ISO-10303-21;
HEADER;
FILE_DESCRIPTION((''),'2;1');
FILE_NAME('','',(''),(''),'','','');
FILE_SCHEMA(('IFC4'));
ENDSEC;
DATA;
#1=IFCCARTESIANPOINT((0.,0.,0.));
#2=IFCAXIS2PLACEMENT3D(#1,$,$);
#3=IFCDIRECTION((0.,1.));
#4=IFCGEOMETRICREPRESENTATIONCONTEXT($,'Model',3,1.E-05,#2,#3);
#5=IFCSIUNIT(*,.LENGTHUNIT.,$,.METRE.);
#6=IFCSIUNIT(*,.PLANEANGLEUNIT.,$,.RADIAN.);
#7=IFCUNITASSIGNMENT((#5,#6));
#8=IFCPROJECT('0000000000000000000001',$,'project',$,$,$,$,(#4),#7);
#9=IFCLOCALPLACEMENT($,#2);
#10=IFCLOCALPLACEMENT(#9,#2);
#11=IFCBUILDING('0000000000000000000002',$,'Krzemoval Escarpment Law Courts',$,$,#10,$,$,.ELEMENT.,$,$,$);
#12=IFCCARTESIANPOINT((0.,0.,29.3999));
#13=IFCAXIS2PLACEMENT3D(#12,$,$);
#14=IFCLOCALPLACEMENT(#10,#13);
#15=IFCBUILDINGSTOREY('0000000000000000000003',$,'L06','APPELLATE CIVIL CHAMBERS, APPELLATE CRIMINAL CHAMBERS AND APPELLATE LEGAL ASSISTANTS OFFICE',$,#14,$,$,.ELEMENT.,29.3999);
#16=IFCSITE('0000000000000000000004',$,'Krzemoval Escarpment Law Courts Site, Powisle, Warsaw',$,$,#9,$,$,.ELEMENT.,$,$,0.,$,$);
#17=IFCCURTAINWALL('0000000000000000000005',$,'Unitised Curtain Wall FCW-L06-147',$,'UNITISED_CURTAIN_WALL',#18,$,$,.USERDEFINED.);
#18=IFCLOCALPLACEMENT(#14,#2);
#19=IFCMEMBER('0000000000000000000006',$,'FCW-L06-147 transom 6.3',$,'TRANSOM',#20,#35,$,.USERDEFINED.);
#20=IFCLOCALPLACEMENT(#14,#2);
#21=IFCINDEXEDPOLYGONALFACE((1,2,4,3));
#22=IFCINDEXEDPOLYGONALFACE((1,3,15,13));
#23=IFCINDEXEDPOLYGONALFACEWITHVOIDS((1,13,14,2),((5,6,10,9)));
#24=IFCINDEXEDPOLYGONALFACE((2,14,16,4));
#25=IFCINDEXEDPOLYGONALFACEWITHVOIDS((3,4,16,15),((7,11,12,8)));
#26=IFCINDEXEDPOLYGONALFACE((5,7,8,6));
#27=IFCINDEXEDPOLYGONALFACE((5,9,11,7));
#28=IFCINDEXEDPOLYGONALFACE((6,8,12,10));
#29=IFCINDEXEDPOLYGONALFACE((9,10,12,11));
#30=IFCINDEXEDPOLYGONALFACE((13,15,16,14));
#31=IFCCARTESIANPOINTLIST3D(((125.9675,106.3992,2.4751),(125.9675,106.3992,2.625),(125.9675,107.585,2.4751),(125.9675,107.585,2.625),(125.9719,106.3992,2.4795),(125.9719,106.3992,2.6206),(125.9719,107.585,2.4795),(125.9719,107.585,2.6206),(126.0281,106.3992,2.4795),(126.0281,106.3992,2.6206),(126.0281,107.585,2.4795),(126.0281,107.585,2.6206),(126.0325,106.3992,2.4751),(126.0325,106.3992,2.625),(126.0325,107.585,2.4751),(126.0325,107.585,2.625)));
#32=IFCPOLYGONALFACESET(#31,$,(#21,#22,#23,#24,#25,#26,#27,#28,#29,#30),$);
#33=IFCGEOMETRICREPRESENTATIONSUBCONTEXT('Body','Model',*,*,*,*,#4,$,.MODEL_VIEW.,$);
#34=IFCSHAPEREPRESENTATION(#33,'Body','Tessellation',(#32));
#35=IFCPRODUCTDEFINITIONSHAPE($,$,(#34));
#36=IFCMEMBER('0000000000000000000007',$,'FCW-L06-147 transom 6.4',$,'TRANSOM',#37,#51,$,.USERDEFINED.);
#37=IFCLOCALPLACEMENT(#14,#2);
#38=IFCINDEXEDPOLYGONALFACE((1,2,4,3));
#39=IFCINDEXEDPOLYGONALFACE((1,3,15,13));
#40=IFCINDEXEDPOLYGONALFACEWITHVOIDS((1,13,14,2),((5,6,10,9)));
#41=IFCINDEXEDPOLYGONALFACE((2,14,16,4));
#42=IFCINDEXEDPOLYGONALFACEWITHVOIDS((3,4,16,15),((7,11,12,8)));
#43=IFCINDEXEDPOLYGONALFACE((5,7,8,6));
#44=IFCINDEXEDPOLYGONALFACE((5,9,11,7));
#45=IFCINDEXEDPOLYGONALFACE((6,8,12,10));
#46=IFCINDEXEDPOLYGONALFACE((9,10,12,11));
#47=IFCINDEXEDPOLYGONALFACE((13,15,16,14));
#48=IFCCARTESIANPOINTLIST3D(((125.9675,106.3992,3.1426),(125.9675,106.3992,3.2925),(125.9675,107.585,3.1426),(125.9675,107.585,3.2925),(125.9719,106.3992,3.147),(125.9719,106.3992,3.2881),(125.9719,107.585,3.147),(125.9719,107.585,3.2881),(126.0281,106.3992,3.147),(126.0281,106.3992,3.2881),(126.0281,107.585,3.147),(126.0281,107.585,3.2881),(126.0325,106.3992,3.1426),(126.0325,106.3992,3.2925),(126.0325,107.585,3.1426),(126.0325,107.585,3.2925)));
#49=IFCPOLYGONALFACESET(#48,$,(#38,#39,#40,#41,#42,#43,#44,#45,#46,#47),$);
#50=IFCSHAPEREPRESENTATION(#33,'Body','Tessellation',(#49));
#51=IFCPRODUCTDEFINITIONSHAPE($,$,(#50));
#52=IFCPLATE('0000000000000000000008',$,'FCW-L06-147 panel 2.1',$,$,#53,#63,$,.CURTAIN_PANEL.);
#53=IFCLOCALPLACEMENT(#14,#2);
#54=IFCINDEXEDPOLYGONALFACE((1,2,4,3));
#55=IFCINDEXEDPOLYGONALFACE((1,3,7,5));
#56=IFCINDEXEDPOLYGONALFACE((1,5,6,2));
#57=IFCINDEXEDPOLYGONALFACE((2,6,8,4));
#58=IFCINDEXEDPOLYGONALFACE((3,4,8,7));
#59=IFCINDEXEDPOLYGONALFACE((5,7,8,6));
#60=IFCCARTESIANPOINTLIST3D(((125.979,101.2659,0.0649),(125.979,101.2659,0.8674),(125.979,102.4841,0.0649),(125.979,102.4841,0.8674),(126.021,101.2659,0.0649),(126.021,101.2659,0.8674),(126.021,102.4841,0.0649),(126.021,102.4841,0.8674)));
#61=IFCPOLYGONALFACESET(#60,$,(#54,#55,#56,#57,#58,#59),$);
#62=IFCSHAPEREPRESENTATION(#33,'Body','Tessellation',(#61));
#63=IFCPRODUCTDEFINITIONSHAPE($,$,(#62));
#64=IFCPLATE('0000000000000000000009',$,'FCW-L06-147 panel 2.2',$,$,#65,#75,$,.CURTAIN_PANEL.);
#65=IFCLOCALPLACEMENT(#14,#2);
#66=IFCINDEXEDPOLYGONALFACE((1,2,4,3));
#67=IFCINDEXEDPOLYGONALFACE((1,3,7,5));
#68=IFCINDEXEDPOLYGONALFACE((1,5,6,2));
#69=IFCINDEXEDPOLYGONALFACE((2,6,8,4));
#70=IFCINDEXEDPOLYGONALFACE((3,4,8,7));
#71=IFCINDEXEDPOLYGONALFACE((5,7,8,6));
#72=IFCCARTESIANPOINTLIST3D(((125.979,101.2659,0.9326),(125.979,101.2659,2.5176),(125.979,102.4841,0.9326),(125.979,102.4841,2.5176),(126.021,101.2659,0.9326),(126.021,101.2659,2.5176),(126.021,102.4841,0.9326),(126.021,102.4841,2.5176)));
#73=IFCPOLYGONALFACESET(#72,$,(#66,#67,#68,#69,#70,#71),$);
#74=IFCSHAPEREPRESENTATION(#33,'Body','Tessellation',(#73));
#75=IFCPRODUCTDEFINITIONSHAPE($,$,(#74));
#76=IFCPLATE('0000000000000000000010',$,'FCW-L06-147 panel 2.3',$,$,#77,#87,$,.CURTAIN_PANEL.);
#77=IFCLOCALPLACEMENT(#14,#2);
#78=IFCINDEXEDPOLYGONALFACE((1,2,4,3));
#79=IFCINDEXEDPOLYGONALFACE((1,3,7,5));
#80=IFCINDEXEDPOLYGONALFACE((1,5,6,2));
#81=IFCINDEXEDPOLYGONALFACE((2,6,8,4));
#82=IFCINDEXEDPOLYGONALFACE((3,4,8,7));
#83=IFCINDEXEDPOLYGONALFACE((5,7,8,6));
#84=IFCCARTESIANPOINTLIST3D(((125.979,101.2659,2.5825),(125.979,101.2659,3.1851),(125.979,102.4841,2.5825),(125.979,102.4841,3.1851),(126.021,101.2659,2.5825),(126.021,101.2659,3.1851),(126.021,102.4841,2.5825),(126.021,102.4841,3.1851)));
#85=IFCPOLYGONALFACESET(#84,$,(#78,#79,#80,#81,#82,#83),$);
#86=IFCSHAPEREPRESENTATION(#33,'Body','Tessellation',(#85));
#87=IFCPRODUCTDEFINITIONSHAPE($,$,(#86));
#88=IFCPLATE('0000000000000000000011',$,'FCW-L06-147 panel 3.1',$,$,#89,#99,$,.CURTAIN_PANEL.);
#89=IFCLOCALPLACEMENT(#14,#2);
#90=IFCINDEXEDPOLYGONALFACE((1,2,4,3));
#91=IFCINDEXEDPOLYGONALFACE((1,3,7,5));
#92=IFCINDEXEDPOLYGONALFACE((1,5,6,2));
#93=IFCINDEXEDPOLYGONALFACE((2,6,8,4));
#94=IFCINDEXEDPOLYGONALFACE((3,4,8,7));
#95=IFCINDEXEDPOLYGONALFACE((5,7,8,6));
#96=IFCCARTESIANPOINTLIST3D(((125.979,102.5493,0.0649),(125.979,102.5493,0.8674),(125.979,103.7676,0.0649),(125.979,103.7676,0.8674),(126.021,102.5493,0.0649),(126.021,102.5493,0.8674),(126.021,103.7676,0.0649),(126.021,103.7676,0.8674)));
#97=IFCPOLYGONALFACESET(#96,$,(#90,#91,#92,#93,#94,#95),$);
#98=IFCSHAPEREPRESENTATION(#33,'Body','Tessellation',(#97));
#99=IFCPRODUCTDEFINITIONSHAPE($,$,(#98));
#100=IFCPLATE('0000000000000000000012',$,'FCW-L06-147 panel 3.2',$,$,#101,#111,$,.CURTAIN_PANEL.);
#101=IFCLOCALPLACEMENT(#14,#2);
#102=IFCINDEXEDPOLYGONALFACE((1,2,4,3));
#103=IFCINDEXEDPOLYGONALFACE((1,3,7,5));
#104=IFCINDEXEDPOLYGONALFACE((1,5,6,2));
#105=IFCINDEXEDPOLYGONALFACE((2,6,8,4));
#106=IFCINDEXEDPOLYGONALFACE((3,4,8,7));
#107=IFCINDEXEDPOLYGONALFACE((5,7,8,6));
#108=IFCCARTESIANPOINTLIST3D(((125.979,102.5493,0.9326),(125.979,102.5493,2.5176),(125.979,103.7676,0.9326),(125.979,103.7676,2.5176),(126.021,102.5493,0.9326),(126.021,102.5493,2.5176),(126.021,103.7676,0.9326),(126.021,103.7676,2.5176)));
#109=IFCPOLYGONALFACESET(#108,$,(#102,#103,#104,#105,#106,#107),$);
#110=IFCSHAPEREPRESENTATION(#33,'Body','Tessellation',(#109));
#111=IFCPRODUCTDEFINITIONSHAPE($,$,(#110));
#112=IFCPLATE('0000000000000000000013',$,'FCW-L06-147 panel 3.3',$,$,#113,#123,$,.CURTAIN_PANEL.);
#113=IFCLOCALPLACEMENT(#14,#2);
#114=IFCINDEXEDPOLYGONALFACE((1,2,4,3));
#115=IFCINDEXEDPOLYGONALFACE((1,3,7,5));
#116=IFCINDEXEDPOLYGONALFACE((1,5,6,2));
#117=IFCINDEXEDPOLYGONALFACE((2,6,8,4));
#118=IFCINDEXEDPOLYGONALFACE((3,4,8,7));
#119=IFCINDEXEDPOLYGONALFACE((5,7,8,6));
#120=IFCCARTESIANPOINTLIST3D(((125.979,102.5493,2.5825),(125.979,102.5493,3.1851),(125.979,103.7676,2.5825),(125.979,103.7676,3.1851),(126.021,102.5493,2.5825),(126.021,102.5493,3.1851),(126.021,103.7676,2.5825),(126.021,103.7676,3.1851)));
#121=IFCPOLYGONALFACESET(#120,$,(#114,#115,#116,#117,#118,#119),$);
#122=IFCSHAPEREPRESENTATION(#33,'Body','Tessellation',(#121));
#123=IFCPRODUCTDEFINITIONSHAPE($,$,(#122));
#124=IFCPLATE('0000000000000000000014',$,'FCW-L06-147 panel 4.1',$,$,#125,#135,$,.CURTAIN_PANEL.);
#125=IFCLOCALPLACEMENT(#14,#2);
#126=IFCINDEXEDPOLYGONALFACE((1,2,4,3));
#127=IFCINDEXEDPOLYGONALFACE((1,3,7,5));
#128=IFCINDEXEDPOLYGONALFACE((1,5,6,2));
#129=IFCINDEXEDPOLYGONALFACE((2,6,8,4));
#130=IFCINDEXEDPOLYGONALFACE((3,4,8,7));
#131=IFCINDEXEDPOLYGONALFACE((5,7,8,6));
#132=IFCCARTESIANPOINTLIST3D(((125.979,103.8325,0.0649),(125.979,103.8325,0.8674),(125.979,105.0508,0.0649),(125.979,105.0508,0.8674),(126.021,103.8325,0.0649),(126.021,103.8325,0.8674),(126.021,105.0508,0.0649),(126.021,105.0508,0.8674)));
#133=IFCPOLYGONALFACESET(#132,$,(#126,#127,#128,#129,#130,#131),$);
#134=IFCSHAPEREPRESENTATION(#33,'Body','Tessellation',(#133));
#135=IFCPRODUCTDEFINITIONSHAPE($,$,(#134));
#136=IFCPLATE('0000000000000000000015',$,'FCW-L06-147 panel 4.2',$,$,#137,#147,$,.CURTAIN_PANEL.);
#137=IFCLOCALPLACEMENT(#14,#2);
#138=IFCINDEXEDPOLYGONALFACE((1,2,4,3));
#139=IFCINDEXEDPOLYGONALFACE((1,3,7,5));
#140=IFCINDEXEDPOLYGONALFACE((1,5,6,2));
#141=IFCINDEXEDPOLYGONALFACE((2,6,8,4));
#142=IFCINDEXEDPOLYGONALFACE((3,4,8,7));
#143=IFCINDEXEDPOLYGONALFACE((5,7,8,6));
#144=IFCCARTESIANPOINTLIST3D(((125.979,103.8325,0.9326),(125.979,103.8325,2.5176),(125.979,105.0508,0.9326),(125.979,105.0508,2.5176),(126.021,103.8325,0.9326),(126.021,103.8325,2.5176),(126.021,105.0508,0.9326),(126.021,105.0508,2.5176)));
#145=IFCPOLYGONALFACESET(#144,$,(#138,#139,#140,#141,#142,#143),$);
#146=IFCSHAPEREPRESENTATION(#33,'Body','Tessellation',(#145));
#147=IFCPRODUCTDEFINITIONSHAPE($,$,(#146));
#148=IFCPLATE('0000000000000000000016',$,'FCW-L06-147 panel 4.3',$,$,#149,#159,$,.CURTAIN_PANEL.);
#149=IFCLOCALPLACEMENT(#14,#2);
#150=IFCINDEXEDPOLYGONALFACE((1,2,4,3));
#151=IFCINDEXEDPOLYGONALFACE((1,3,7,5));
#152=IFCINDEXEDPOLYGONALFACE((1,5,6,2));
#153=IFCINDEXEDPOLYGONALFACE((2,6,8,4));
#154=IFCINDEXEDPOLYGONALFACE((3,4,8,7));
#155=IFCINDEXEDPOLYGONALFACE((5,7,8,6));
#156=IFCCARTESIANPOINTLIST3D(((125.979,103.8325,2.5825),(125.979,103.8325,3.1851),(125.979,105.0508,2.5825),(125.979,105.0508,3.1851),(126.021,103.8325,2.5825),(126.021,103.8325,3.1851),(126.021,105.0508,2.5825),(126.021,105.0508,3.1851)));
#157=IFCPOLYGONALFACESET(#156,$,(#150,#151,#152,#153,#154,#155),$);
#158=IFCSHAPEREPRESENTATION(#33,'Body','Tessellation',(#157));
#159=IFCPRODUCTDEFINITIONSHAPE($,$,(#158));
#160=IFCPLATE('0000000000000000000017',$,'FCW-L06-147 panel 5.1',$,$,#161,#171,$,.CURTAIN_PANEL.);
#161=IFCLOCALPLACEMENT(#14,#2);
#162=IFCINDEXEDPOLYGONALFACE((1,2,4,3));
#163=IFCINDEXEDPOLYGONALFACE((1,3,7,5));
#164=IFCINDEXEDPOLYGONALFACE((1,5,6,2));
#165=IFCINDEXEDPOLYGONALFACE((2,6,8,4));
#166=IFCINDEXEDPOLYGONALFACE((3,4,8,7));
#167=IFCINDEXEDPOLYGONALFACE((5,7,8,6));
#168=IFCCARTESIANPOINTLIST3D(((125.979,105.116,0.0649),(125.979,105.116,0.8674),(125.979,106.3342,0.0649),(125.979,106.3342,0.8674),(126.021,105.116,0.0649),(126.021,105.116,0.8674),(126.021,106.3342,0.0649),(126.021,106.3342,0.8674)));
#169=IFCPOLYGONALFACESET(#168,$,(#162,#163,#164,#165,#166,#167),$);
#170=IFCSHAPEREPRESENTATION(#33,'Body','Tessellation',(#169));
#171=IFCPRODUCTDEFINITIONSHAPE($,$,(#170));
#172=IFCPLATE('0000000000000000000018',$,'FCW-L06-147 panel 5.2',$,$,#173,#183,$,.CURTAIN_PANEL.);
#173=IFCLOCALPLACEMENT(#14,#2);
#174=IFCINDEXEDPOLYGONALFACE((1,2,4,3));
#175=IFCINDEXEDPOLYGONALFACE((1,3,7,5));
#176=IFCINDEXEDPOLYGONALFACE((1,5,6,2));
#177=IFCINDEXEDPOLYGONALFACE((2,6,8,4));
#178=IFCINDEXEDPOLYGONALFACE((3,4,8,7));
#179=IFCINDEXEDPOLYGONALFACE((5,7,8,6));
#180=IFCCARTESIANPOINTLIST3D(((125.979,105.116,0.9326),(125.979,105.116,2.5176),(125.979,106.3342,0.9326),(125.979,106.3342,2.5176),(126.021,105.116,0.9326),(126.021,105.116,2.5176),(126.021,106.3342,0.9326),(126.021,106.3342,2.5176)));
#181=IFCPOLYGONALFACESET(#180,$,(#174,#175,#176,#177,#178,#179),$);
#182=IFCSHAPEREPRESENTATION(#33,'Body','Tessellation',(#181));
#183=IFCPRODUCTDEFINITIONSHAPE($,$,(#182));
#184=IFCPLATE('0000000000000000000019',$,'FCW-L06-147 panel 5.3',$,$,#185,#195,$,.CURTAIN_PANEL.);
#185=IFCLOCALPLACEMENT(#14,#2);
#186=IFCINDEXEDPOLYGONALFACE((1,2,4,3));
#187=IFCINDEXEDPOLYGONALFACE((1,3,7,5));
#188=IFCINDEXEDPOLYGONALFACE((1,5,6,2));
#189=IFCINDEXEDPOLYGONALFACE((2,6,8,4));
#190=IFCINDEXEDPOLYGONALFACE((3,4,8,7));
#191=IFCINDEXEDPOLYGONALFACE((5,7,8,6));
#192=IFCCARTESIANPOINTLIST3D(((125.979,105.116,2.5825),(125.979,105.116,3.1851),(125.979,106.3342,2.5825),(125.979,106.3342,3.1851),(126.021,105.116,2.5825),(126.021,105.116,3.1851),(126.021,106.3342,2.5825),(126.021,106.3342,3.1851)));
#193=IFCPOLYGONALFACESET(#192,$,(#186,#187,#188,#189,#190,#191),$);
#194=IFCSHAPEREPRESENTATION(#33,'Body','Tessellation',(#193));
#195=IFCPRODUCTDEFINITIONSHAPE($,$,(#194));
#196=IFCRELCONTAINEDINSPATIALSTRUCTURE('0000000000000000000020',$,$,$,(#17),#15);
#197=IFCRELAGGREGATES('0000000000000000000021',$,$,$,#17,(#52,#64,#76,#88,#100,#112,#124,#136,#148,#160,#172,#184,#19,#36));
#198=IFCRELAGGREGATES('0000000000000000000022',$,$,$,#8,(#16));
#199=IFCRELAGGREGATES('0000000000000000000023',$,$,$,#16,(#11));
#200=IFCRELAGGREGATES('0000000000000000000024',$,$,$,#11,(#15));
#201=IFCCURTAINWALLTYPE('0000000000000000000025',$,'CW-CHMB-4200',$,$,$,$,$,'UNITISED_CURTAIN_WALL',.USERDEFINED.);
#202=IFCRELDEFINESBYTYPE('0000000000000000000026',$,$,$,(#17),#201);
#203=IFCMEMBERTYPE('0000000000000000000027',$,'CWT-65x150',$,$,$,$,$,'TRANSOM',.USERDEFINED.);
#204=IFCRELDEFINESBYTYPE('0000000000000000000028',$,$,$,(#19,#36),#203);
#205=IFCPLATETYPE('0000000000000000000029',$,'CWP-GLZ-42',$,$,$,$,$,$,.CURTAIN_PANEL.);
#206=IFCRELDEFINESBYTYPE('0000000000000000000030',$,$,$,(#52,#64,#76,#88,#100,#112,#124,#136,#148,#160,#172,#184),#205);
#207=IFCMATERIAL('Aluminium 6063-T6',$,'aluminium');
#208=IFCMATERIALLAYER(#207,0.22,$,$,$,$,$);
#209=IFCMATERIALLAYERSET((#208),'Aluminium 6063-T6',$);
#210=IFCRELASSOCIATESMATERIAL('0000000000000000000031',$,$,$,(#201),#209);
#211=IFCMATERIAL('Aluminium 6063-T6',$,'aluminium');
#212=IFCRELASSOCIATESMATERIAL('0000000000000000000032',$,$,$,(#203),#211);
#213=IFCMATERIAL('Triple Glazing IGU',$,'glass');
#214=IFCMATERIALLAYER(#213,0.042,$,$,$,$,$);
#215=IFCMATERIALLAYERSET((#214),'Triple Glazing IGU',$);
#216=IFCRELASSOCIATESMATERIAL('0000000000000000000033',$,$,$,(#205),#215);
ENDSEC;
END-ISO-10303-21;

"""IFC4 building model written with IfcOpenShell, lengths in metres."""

from ifc_helpers import new_model, si_unit, direction, frame, origin, origin_2d, place, context, subcontext, project, spatial, rectangle, hollow_rectangle, extrude, material, layer, layer_set, material_profile, profile_set, type_object, element, aggregate, save


model = new_model("IFC4")

# Units and contexts
model_context = context("Model", 3, precision=1e-05, world=origin(), true_north=direction((0.0, 1.0)))
body_context = subcontext(model_context, "Body", "Model", "MODEL_VIEW")
ifc_project = project(units=[si_unit("LENGTHUNIT", "METRE"), si_unit("PLANEANGLEUNIT", "RADIAN")], contexts=[model_context])

# Site, building, storey
site_placement = place(None, origin())
site = spatial("IfcSite", under=ifc_project, at=site_placement, Name="Krzemoval Escarpment Law Courts Site, Powisle, Warsaw", CompositionType="ELEMENT", RefElevation=0.0)
building_placement = place(site_placement, origin())
building = spatial("IfcBuilding", under=site, at=building_placement, Name="Krzemoval Escarpment Law Courts", CompositionType="ELEMENT")
storey_placement = place(building_placement, frame((0.0, 0.0, 29.3999)))
storey = spatial("IfcBuildingStorey", under=building, at=storey_placement, Name="L06", Description="APPELLATE CIVIL CHAMBERS, APPELLATE CRIMINAL CHAMBERS AND APPELLATE LEGAL ASSISTANTS OFFICE", CompositionType="ELEMENT", Elevation=29.3999)

# Curtain wall
ifc_material_1 = material(Name="Aluminium 6063-T6", Category="aluminium")
ifc_layer_1 = layer(ifc_material_1, 0.22)
ifc_layer_set_1 = layer_set([ifc_layer_1], Name="Aluminium 6063-T6")
curtain_wall_type = type_object("IfcCurtainWallType", Name="CW-CHMB-4200", ElementType="UNITISED_CURTAIN_WALL", PredefinedType="USERDEFINED", material=ifc_layer_set_1)
curtain_wall_1_placement = place(storey_placement, origin())
curtain_wall_1 = element("IfcCurtainWall", 1, at=curtain_wall_1_placement, inside=storey, type_object=curtain_wall_type, Name="Unitised Curtain Wall FCW-L06-147", ObjectType="UNITISED_CURTAIN_WALL", PredefinedType="USERDEFINED")

# Members
ifc_material_2 = material(Name="Aluminium 6063-T6", Category="aluminium")
ifc_material_profile_1 = material_profile(ifc_material_2, hollow_rectangle(XDim=0.0649, YDim=0.1499, WallThickness=0.0044, at=origin_2d()), Name="ALU T65x150")
ifc_profile_set_1 = profile_set([ifc_material_profile_1], Name="Aluminium 6063-T6")
member_type_1 = type_object("IfcMemberType", Name="CWT-65x150", ElementType="TRANSOM", PredefinedType="USERDEFINED", material=ifc_profile_set_1)
member_1_placement = place(storey_placement, frame((126.0, 106.3992, 2.55), z_axis=(0.0, 1.0, 0.0), x_axis=(-1.0, 0.0, 0.0)))
member_1 = element("IfcMember", 2, at=member_1_placement, type_object=member_type_1, Name="FCW-L06-147 transom 6.3", ObjectType="TRANSOM", PredefinedType="USERDEFINED", context=body_context, shape_type="SweptSolid", body=[
    extrude(hollow_rectangle(XDim=0.0649, YDim=0.1499, WallThickness=0.0044, at=origin_2d()), origin(), (0.0, 0.0, 1.0), 1.1858),
])
member_2_placement = place(storey_placement, frame((126.0, 106.3992, 3.2175), z_axis=(0.0, 1.0, 0.0), x_axis=(-1.0, 0.0, 0.0)))
member_2 = element("IfcMember", 3, at=member_2_placement, type_object=member_type_1, Name="FCW-L06-147 transom 6.4", ObjectType="TRANSOM", PredefinedType="USERDEFINED", context=body_context, shape_type="SweptSolid", body=[
    extrude(hollow_rectangle(XDim=0.0649, YDim=0.1499, WallThickness=0.0044, at=origin_2d()), origin(), (0.0, 0.0, 1.0), 1.1858),
])

# Plates
ifc_material_3 = material(Name="Triple Glazing IGU", Category="glass")
ifc_layer_2 = layer(ifc_material_3, 0.042)
ifc_layer_set_2 = layer_set([ifc_layer_2], Name="Triple Glazing IGU")
plate_type = type_object("IfcPlateType", Name="CWP-GLZ-42", PredefinedType="CURTAIN_PANEL", material=ifc_layer_set_2)
plate_1_placement = place(storey_placement, frame((126.0, 101.875, 0.0649), z_axis=(0.0, 0.0, 1.0), x_axis=(0.0, 1.0, 0.0)))
plate_1 = element("IfcPlate", 4, at=plate_1_placement, type_object=plate_type, Name="FCW-L06-147 panel 2.1", PredefinedType="CURTAIN_PANEL", context=body_context, shape_type="SweptSolid", body=[
    extrude(rectangle(XDim=1.2183, YDim=0.042, at=origin_2d()), origin(), (0.0, 0.0, 1.0), 0.8025),
])
plate_2_placement = place(storey_placement, frame((126.0, 101.875, 0.9326), z_axis=(0.0, 0.0, 1.0), x_axis=(0.0, 1.0, 0.0)))
plate_2 = element("IfcPlate", 5, at=plate_2_placement, type_object=plate_type, Name="FCW-L06-147 panel 2.2", PredefinedType="CURTAIN_PANEL", context=body_context, shape_type="SweptSolid", body=[
    extrude(rectangle(XDim=1.2183, YDim=0.042, at=origin_2d()), origin(), (0.0, 0.0, 1.0), 1.585),
])
plate_3_placement = place(storey_placement, frame((126.0, 101.875, 2.5825), z_axis=(0.0, 0.0, 1.0), x_axis=(0.0, 1.0, 0.0)))
plate_3 = element("IfcPlate", 6, at=plate_3_placement, type_object=plate_type, Name="FCW-L06-147 panel 2.3", PredefinedType="CURTAIN_PANEL", context=body_context, shape_type="SweptSolid", body=[
    extrude(rectangle(XDim=1.2183, YDim=0.042, at=origin_2d()), origin(), (0.0, 0.0, 1.0), 0.6025),
])
plate_4_placement = place(storey_placement, frame((126.0, 103.1584, 0.0649), z_axis=(0.0, 0.0, 1.0), x_axis=(0.0, 1.0, 0.0)))
plate_4 = element("IfcPlate", 7, at=plate_4_placement, type_object=plate_type, Name="FCW-L06-147 panel 3.1", PredefinedType="CURTAIN_PANEL", context=body_context, shape_type="SweptSolid", body=[
    extrude(rectangle(XDim=1.2183, YDim=0.042, at=origin_2d()), origin(), (0.0, 0.0, 1.0), 0.8025),
])
plate_5_placement = place(storey_placement, frame((126.0, 103.1584, 0.9326), z_axis=(0.0, 0.0, 1.0), x_axis=(0.0, 1.0, 0.0)))
plate_5 = element("IfcPlate", 8, at=plate_5_placement, type_object=plate_type, Name="FCW-L06-147 panel 3.2", PredefinedType="CURTAIN_PANEL", context=body_context, shape_type="SweptSolid", body=[
    extrude(rectangle(XDim=1.2183, YDim=0.042, at=origin_2d()), origin(), (0.0, 0.0, 1.0), 1.585),
])
plate_6_placement = place(storey_placement, frame((126.0, 103.1584, 2.5825), z_axis=(0.0, 0.0, 1.0), x_axis=(0.0, 1.0, 0.0)))
plate_6 = element("IfcPlate", 9, at=plate_6_placement, type_object=plate_type, Name="FCW-L06-147 panel 3.3", PredefinedType="CURTAIN_PANEL", context=body_context, shape_type="SweptSolid", body=[
    extrude(rectangle(XDim=1.2183, YDim=0.042, at=origin_2d()), origin(), (0.0, 0.0, 1.0), 0.6025),
])
plate_7_placement = place(storey_placement, frame((126.0, 104.4417, 0.0649), z_axis=(0.0, 0.0, 1.0), x_axis=(0.0, 1.0, 0.0)))
plate_7 = element("IfcPlate", 10, at=plate_7_placement, type_object=plate_type, Name="FCW-L06-147 panel 4.1", PredefinedType="CURTAIN_PANEL", context=body_context, shape_type="SweptSolid", body=[
    extrude(rectangle(XDim=1.2183, YDim=0.042, at=origin_2d()), origin(), (0.0, 0.0, 1.0), 0.8025),
])
plate_8_placement = place(storey_placement, frame((126.0, 104.4417, 0.9326), z_axis=(0.0, 0.0, 1.0), x_axis=(0.0, 1.0, 0.0)))
plate_8 = element("IfcPlate", 11, at=plate_8_placement, type_object=plate_type, Name="FCW-L06-147 panel 4.2", PredefinedType="CURTAIN_PANEL", context=body_context, shape_type="SweptSolid", body=[
    extrude(rectangle(XDim=1.2183, YDim=0.042, at=origin_2d()), origin(), (0.0, 0.0, 1.0), 1.585),
])
plate_9_placement = place(storey_placement, frame((126.0, 104.4417, 2.5825), z_axis=(0.0, 0.0, 1.0), x_axis=(0.0, 1.0, 0.0)))
plate_9 = element("IfcPlate", 12, at=plate_9_placement, type_object=plate_type, Name="FCW-L06-147 panel 4.3", PredefinedType="CURTAIN_PANEL", context=body_context, shape_type="SweptSolid", body=[
    extrude(rectangle(XDim=1.2183, YDim=0.042, at=origin_2d()), origin(), (0.0, 0.0, 1.0), 0.6025),
])
plate_10_placement = place(storey_placement, frame((126.0, 105.7251, 0.0649), z_axis=(0.0, 0.0, 1.0), x_axis=(0.0, 1.0, 0.0)))
plate_10 = element("IfcPlate", 13, at=plate_10_placement, type_object=plate_type, Name="FCW-L06-147 panel 5.1", PredefinedType="CURTAIN_PANEL", context=body_context, shape_type="SweptSolid", body=[
    extrude(rectangle(XDim=1.2183, YDim=0.042, at=origin_2d()), origin(), (0.0, 0.0, 1.0), 0.8025),
])
plate_11_placement = place(storey_placement, frame((126.0, 105.7251, 0.9326), z_axis=(0.0, 0.0, 1.0), x_axis=(0.0, 1.0, 0.0)))
plate_11 = element("IfcPlate", 14, at=plate_11_placement, type_object=plate_type, Name="FCW-L06-147 panel 5.2", PredefinedType="CURTAIN_PANEL", context=body_context, shape_type="SweptSolid", body=[
    extrude(rectangle(XDim=1.2183, YDim=0.042, at=origin_2d()), origin(), (0.0, 0.0, 1.0), 1.585),
])
plate_12_placement = place(storey_placement, frame((126.0, 105.7251, 2.5825), z_axis=(0.0, 0.0, 1.0), x_axis=(0.0, 1.0, 0.0)))
plate_12 = element("IfcPlate", 15, at=plate_12_placement, type_object=plate_type, Name="FCW-L06-147 panel 5.3", PredefinedType="CURTAIN_PANEL", context=body_context, shape_type="SweptSolid", body=[
    extrude(rectangle(XDim=1.2183, YDim=0.042, at=origin_2d()), origin(), (0.0, 0.0, 1.0), 0.6025),
])
aggregate(curtain_wall_1, [plate_1, plate_2, plate_3, plate_4, plate_5, plate_6, plate_7, plate_8, plate_9, plate_10, plate_11, plate_12, member_1, member_2])

save(model, "model.ifc")
